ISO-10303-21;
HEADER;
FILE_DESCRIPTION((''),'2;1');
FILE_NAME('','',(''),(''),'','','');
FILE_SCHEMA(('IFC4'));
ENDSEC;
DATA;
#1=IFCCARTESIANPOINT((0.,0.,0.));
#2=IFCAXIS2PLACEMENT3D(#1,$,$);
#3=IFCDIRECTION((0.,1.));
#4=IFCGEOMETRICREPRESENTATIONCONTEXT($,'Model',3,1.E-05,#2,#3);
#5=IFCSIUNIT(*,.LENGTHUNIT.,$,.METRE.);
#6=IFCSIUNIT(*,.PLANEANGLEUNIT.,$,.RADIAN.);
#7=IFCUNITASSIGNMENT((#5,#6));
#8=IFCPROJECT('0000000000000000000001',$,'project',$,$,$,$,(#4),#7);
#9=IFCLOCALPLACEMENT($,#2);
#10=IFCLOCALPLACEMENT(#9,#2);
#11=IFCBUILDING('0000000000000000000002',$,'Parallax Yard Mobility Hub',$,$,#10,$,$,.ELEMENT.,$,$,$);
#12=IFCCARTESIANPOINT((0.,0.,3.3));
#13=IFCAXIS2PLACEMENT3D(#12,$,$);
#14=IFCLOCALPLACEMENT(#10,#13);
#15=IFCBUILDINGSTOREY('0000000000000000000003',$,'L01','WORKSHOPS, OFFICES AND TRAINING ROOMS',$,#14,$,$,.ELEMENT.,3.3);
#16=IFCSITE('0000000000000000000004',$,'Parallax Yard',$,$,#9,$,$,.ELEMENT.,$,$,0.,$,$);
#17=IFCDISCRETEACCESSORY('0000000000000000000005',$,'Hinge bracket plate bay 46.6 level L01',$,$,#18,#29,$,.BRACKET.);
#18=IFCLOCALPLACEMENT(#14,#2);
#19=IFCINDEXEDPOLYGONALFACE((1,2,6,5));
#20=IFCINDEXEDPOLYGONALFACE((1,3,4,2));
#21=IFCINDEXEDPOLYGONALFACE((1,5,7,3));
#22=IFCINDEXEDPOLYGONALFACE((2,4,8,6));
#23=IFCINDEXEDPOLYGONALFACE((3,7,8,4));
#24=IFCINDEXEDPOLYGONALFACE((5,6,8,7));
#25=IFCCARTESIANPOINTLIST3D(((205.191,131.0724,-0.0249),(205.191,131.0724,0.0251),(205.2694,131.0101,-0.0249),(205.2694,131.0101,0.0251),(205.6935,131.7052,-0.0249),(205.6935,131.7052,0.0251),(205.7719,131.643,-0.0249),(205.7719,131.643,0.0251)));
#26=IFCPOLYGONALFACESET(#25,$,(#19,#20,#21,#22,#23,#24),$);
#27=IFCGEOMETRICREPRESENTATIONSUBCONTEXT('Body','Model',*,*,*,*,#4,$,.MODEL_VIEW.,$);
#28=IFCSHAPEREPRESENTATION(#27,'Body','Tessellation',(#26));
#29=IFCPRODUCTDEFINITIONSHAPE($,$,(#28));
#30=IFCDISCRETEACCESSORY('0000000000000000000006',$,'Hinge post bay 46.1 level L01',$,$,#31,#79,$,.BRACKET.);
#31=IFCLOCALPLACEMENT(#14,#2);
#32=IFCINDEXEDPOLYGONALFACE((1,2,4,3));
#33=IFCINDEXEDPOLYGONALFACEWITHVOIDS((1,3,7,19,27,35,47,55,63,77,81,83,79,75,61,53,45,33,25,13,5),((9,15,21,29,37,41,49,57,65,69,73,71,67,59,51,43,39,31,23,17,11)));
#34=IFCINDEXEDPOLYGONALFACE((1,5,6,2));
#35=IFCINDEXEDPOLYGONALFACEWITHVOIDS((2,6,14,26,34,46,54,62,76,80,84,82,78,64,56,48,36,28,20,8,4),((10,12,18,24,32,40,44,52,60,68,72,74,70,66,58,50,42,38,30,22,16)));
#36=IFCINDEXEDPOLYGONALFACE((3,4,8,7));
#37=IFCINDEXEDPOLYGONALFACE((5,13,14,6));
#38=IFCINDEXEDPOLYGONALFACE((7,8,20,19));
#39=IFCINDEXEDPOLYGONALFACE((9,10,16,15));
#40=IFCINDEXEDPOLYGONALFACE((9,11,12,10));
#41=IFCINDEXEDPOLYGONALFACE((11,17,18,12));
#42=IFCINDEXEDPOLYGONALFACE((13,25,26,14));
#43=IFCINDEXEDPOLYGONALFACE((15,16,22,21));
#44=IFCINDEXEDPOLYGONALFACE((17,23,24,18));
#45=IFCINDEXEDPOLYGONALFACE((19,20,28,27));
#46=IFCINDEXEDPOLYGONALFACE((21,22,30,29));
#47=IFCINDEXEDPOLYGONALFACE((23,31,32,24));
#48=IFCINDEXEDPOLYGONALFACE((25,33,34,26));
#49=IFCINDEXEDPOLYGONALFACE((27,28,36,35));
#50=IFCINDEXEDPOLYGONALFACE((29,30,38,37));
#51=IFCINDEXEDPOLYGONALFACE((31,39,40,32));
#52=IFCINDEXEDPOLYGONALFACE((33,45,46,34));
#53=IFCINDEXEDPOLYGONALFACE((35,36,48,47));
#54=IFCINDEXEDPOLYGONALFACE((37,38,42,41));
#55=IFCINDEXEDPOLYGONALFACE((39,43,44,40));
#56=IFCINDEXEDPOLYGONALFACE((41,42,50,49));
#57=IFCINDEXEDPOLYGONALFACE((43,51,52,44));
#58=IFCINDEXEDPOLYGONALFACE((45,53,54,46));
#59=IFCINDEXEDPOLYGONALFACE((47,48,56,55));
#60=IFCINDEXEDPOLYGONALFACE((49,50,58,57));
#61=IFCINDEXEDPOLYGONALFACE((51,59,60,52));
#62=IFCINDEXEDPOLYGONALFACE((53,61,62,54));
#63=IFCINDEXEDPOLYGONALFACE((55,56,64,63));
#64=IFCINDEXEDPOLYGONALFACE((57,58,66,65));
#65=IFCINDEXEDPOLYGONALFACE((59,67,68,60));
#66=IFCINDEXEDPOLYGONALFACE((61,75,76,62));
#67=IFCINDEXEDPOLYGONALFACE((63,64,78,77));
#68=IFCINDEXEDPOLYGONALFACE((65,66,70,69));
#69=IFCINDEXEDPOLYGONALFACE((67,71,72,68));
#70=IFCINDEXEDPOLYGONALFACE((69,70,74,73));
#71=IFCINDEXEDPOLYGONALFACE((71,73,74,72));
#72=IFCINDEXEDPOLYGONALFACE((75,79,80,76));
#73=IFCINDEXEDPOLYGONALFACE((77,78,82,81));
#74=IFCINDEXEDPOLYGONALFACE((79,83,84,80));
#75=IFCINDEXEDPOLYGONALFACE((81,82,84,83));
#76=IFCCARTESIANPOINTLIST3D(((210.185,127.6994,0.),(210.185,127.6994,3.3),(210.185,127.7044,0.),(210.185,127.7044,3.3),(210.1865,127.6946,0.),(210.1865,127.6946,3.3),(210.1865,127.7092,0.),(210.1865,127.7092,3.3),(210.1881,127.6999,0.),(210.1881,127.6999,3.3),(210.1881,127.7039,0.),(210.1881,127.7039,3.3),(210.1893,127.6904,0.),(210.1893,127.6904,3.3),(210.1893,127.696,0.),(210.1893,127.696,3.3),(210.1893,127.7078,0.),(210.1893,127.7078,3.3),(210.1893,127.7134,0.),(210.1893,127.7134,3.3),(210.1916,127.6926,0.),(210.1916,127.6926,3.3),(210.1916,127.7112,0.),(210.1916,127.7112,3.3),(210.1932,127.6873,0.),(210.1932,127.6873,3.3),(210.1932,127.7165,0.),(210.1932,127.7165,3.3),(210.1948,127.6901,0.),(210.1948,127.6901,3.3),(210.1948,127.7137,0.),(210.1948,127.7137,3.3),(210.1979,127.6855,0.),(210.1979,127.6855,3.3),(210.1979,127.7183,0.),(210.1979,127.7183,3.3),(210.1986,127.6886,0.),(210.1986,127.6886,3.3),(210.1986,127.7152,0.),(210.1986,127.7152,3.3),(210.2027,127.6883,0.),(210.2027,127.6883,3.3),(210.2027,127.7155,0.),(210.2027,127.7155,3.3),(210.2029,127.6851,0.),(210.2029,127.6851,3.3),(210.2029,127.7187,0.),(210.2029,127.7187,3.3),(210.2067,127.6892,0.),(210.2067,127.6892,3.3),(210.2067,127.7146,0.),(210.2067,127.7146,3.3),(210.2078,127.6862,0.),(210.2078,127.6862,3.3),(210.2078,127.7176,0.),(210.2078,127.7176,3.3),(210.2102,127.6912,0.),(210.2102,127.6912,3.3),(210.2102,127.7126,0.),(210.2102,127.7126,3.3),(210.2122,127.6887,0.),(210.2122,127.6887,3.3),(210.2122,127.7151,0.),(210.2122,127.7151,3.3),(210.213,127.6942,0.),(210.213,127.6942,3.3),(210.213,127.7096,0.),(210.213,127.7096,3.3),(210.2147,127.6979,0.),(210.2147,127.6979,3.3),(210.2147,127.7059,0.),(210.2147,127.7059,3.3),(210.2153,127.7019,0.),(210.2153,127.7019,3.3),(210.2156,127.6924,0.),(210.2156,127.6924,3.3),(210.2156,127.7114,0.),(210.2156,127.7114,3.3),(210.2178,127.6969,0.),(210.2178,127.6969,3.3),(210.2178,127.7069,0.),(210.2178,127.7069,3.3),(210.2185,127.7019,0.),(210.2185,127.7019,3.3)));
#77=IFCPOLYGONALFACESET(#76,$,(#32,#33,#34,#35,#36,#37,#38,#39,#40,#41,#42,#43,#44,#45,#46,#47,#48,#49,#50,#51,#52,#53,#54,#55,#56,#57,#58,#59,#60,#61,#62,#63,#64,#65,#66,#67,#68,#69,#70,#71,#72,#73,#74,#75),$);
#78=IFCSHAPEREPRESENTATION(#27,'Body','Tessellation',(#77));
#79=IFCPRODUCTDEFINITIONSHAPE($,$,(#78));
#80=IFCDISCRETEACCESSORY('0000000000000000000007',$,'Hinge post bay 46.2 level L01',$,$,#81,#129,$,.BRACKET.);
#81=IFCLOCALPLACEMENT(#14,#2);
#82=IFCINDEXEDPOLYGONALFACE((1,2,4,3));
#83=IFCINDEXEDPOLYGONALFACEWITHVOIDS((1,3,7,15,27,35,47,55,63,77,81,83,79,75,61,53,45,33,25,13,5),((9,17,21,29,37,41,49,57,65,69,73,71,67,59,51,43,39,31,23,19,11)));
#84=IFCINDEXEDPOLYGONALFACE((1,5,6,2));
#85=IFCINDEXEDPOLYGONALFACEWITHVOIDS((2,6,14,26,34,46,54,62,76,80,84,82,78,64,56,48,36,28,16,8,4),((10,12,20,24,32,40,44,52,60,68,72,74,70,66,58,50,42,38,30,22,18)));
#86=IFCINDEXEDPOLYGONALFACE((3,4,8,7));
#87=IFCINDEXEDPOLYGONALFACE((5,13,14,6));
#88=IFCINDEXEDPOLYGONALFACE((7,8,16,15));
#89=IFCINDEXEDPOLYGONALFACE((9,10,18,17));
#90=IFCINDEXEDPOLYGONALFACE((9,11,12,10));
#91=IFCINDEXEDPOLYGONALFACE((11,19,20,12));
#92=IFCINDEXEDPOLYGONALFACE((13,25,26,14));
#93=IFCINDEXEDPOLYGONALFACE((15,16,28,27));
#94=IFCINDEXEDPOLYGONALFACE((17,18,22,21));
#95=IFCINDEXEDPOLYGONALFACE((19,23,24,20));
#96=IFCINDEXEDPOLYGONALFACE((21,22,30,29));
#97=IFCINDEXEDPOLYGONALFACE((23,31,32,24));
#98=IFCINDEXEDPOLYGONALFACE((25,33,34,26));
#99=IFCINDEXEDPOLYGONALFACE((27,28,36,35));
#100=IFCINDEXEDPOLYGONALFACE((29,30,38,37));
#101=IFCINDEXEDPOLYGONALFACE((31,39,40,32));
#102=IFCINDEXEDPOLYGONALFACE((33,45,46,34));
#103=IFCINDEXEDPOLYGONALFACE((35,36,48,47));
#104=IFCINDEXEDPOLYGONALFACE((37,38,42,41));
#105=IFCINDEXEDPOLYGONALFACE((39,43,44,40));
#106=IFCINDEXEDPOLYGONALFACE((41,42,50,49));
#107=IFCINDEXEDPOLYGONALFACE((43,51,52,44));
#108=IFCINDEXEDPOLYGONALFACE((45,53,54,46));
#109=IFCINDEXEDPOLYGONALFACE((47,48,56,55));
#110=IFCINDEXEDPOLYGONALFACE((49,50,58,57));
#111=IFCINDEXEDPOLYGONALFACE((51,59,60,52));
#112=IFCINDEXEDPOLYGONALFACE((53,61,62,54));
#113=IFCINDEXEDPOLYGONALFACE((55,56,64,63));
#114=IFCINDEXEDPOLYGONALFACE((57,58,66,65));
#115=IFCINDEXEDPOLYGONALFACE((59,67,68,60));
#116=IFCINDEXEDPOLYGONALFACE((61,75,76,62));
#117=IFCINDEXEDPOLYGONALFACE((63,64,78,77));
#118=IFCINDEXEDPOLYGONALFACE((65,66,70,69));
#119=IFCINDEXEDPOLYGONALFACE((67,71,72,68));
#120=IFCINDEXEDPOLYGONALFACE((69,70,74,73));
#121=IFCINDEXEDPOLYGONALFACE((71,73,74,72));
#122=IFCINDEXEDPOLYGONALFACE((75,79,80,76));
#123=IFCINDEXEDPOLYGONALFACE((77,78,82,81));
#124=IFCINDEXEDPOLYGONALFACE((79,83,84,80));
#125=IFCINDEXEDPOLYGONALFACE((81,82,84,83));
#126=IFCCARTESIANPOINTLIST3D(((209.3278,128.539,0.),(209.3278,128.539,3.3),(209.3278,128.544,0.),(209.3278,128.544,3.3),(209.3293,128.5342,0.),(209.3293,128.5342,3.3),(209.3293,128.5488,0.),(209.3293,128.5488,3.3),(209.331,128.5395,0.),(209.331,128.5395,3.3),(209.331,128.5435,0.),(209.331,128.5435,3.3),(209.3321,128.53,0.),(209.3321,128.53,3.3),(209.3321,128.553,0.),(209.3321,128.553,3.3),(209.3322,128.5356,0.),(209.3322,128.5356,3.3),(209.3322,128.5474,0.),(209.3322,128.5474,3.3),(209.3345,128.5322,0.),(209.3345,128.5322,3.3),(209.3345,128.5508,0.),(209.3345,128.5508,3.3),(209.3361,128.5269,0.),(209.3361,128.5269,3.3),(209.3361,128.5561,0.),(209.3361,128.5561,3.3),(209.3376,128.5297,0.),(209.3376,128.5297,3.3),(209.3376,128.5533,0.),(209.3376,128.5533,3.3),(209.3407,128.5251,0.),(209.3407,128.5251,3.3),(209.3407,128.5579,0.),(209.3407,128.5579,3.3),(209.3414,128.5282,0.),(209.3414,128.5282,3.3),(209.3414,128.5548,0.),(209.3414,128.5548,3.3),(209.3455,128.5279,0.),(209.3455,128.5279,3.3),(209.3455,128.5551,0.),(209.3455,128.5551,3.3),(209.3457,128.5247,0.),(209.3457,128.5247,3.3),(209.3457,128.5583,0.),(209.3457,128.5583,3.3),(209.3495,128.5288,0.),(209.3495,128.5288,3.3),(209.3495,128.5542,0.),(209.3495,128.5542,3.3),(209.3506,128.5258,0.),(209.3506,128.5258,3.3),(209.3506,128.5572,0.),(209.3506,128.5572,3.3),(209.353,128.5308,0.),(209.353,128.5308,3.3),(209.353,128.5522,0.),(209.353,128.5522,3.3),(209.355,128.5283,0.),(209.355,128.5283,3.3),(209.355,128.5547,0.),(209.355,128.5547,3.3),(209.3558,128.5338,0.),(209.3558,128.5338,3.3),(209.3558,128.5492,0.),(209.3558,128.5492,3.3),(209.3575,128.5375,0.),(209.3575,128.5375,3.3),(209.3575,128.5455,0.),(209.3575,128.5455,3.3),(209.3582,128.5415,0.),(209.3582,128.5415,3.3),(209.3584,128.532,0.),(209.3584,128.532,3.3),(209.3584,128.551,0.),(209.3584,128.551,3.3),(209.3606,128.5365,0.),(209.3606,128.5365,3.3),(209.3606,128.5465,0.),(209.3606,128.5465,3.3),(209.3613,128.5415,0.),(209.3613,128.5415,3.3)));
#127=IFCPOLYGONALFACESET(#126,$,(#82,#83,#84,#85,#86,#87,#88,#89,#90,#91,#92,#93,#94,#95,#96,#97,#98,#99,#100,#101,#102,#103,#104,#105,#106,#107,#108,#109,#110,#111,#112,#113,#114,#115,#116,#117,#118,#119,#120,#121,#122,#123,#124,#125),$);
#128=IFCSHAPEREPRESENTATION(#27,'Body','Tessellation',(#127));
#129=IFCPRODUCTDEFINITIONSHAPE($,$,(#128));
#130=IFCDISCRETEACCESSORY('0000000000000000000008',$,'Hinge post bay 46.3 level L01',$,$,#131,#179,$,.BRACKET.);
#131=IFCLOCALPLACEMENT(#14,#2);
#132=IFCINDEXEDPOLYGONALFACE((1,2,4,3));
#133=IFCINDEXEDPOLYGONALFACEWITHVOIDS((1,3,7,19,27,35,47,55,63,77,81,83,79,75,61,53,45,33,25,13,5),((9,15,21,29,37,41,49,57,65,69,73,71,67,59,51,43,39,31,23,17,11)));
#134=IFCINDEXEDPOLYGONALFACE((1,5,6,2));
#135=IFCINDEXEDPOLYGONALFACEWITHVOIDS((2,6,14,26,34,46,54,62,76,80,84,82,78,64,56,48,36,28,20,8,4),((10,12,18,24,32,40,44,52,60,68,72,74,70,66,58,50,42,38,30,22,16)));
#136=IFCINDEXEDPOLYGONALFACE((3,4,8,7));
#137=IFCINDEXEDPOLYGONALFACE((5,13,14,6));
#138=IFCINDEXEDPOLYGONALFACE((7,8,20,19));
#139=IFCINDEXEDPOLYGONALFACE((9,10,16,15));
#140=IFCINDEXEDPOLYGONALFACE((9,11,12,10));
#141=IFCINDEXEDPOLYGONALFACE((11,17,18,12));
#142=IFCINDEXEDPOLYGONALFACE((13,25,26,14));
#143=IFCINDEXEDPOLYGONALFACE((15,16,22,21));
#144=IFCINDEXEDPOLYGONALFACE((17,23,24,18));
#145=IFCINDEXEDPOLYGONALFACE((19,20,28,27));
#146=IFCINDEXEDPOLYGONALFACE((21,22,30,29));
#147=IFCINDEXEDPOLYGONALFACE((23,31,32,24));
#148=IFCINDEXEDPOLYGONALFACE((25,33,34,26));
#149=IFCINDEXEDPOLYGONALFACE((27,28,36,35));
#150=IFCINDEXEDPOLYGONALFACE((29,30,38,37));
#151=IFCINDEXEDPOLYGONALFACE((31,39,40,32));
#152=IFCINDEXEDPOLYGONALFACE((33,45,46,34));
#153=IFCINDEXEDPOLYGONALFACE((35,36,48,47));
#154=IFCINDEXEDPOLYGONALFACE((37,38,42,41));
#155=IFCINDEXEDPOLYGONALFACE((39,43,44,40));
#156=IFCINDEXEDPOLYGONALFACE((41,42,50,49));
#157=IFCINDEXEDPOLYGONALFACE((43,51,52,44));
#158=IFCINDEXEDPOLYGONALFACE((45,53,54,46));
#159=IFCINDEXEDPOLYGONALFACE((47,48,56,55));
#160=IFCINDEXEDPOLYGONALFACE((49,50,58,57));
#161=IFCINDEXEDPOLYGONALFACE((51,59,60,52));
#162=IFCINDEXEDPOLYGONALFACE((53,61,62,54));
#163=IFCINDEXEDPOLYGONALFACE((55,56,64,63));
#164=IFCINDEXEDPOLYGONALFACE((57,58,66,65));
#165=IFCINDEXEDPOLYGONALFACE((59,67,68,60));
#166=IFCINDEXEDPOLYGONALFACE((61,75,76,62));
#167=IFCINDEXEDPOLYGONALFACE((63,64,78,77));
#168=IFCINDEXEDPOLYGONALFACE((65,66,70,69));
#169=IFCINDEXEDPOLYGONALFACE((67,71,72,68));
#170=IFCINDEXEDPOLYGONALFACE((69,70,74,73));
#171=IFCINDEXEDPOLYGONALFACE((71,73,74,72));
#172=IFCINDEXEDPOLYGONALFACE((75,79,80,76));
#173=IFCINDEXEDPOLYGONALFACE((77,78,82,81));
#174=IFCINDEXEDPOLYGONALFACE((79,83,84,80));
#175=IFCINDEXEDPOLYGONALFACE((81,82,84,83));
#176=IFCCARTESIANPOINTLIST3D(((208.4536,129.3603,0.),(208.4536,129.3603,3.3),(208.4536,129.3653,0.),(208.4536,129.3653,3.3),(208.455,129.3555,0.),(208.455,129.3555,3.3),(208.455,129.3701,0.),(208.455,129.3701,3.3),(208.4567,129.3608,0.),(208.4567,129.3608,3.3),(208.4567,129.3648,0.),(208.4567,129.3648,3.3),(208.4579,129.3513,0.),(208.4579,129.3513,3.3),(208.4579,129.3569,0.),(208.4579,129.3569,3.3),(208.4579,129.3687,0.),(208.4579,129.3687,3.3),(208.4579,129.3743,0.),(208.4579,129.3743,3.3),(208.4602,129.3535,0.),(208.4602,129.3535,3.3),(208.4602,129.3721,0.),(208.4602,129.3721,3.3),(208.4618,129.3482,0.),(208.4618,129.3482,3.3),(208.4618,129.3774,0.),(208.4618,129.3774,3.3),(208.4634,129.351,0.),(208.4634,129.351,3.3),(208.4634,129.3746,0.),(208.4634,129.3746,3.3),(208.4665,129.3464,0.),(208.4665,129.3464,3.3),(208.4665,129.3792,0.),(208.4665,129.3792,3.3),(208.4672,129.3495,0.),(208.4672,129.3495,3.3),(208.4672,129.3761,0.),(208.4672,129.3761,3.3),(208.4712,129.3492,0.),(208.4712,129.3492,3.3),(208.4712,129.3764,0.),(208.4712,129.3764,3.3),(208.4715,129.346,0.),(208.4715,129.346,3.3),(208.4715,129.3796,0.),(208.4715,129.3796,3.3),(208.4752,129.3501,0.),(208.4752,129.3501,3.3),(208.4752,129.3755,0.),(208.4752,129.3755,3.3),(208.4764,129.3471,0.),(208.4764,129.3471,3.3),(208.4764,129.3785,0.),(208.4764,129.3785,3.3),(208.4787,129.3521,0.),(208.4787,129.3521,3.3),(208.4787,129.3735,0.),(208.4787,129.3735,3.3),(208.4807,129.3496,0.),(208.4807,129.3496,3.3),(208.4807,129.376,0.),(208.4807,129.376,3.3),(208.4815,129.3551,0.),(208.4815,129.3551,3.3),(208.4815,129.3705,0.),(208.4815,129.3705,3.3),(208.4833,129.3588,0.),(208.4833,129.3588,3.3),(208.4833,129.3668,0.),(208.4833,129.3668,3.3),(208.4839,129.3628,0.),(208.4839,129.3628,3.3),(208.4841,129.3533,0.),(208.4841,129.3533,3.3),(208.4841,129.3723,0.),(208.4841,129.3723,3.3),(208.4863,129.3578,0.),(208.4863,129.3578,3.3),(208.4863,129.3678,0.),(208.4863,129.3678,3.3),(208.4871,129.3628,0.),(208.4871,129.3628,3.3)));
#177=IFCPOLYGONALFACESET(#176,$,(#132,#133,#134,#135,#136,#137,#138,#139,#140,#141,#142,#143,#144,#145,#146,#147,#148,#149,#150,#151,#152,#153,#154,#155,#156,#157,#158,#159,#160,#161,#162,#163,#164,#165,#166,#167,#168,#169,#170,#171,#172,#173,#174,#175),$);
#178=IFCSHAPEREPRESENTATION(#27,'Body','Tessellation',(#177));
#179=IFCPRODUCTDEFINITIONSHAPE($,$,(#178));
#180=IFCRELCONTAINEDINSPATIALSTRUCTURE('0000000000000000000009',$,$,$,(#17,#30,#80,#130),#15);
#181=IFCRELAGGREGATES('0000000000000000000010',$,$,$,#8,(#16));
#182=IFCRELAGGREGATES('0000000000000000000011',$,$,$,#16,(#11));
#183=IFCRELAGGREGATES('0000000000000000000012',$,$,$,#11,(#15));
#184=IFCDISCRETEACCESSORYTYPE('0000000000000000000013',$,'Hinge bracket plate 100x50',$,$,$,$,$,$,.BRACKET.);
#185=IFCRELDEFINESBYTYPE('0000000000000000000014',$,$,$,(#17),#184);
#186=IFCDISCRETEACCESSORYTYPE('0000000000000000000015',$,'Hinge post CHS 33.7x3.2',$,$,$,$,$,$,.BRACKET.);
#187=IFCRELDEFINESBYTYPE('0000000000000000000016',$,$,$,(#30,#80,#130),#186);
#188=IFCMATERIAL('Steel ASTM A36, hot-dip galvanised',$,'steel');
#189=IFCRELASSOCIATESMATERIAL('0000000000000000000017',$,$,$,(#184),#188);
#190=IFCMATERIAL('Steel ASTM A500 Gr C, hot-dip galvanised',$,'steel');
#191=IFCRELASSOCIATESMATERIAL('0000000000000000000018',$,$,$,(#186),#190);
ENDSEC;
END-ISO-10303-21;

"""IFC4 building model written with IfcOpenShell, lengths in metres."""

from ifc_helpers import new_model, si_unit, direction, frame, origin, origin_2d, place, context, subcontext, project, spatial, rectangle, hollow_circle, extrude, material, material_profile, profile_set, type_object, element, save


model = new_model("IFC4")

# Units and contexts
model_context = context("Model", 3, precision=1e-05, world=origin(), true_north=direction((0.0, 1.0)))
body_context = subcontext(model_context, "Body", "Model", "MODEL_VIEW")
ifc_project = project(units=[si_unit("LENGTHUNIT", "METRE"), si_unit("PLANEANGLEUNIT", "RADIAN")], contexts=[model_context])

# Site, building, storey
site_placement = place(None, origin())
site = spatial("IfcSite", under=ifc_project, at=site_placement, Name="Parallax Yard", CompositionType="ELEMENT", RefElevation=0.0)
building_placement = place(site_placement, origin())
building = spatial("IfcBuilding", under=site, at=building_placement, Name="Parallax Yard Mobility Hub", CompositionType="ELEMENT")
storey_placement = place(building_placement, frame((0.0, 0.0, 3.3)))
storey = spatial("IfcBuildingStorey", under=building, at=storey_placement, Name="L01", Description="WORKSHOPS, OFFICES AND TRAINING ROOMS", CompositionType="ELEMENT", Elevation=3.3)

# Discrete accessories
ifc_material_1 = material(Name="Steel ASTM A36, hot-dip galvanised", Category="steel")
discrete_accessory_type_1 = type_object("IfcDiscreteAccessoryType", Name="Hinge bracket plate 100x50", PredefinedType="BRACKET", material=ifc_material_1)
for number, where, z_axis, x_axis, name in (
    (1, (205.4814, 131.3577, -0.0249), (0.0, 0.0, 1.0), (0.621893, 0.783102, 0.0), "Hinge bracket plate bay 46.6 level L01"),
):
    element("IfcDiscreteAccessory", number, at=place(storey_placement, frame(where, z_axis=z_axis, x_axis=x_axis)), inside=storey, type_object=discrete_accessory_type_1, Name=name, PredefinedType="BRACKET", context=body_context, shape_type="SweptSolid", body=[
        extrude(rectangle(XDim=0.8081, YDim=0.1001, at=origin_2d()), origin(), (0.0, 0.0, 1.0), 0.05),
    ])
ifc_material_2 = material(Name="Steel ASTM A500 Gr C, hot-dip galvanised", Category="steel")
ifc_material_profile_1 = material_profile(ifc_material_2, hollow_circle(Radius=0.0168, WallThickness=0.0032, at=origin_2d()), Name="CHS 33.7x3.2")
ifc_profile_set_1 = profile_set([ifc_material_profile_1], Name="Steel ASTM A500 Gr C, hot-dip galvanised")
discrete_accessory_type_2 = type_object("IfcDiscreteAccessoryType", Name="Hinge post CHS 33.7x3.2", PredefinedType="BRACKET", material=ifc_profile_set_1)
for number, where, z_axis, x_axis, name in (
    (2, (210.2017, 127.7019, 0.0), (0.0, 0.0, 1.0), (1.0, 0.0, 0.0), "Hinge post bay 46.1 level L01"),
    (3, (209.3445, 128.5415, 0.0), (0.0, 0.0, 1.0), (1.0, 0.0, 0.0), "Hinge post bay 46.2 level L01"),
    (4, (208.4702, 129.3628, 0.0), (0.0, 0.0, 1.0), (1.0, 0.0, 0.0), "Hinge post bay 46.3 level L01"),
):
    element("IfcDiscreteAccessory", number, at=place(storey_placement, frame(where, z_axis=z_axis, x_axis=x_axis)), inside=storey, type_object=discrete_accessory_type_2, Name=name, PredefinedType="BRACKET", context=body_context, shape_type="SweptSolid", body=[
        extrude(hollow_circle(Radius=0.0168, WallThickness=0.0032, at=origin_2d()), origin(), (0.0, 0.0, 1.0), 3.3),
    ])

save(model, "model.ifc")
